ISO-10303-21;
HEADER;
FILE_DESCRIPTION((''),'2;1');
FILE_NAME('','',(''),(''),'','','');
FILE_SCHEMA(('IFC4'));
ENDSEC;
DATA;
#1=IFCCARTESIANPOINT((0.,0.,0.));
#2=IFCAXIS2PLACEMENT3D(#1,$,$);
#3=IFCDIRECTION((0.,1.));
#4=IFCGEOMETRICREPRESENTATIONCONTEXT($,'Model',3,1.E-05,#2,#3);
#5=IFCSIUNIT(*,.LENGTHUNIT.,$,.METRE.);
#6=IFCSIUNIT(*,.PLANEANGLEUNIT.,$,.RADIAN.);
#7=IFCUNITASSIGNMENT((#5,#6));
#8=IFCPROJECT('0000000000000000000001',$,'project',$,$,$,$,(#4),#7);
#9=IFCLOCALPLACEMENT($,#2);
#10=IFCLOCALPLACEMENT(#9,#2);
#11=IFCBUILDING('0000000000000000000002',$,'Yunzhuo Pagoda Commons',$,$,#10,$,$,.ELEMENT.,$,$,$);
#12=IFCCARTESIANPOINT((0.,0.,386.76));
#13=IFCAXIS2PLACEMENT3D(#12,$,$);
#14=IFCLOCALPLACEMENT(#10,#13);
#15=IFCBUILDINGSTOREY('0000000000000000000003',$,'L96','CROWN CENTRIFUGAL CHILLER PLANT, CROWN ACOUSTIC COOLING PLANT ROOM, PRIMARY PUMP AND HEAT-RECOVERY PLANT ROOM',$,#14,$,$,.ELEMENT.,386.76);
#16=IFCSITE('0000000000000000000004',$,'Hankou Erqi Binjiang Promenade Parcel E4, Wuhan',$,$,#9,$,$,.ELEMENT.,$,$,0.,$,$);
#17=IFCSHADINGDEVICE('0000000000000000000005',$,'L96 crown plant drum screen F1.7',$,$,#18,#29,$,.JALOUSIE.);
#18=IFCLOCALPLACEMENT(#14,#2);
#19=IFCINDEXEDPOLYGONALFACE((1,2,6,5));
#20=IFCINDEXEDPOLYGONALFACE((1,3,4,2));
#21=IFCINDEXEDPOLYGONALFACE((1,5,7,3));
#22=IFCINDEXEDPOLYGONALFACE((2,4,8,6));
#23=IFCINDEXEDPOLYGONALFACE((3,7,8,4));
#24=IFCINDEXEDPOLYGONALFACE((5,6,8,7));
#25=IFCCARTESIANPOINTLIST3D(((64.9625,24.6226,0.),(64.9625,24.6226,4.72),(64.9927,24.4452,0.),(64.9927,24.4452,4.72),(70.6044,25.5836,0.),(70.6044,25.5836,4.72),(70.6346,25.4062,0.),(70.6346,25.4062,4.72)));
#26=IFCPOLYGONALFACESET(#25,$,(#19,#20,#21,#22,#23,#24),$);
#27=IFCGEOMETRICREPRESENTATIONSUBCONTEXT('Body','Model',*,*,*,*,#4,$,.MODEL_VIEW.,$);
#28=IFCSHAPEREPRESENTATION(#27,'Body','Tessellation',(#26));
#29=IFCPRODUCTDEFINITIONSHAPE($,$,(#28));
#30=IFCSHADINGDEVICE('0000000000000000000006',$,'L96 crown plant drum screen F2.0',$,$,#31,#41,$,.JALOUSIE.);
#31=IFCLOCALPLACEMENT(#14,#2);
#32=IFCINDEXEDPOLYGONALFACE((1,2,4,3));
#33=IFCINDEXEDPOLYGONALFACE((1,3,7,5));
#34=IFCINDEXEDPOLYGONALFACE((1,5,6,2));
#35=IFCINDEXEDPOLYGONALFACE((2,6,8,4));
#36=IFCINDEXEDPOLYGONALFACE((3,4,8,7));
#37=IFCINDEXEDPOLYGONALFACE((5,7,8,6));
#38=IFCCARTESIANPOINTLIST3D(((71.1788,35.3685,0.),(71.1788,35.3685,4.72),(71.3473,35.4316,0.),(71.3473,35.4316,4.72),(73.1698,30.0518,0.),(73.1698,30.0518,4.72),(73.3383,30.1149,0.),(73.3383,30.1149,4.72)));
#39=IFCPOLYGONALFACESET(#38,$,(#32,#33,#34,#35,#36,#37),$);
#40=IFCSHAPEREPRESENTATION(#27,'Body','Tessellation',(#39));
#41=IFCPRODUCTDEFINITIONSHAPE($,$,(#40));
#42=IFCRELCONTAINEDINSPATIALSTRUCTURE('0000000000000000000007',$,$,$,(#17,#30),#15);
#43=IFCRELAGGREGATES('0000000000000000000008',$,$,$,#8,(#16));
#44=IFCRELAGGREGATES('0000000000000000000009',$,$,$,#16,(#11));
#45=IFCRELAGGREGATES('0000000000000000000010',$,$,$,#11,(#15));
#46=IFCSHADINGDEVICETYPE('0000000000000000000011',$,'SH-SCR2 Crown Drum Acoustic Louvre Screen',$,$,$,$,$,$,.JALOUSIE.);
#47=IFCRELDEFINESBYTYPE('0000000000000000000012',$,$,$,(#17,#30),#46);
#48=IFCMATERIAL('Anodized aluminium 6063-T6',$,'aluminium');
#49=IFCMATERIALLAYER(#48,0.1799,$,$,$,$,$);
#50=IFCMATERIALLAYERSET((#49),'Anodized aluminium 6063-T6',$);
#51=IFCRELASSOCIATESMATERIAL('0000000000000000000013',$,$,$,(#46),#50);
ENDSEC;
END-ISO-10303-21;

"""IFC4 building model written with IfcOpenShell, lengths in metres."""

from ifc_helpers import new_model, si_unit, direction, frame, origin, origin_2d, place, context, subcontext, project, spatial, rectangle, extrude, source, transform, mapped, material, layer, layer_set, type_object, element, save


model = new_model("IFC4")

# Units and contexts
model_context = context("Model", 3, precision=1e-05, world=origin(), true_north=direction((0.0, 1.0)))
body_context = subcontext(model_context, "Body", "Model", "MODEL_VIEW")
ifc_project = project(units=[si_unit("LENGTHUNIT", "METRE"), si_unit("PLANEANGLEUNIT", "RADIAN")], contexts=[model_context])

# Site, building, storey
site_placement = place(None, origin())
site = spatial("IfcSite", under=ifc_project, at=site_placement, Name="Hankou Erqi Binjiang Promenade Parcel E4, Wuhan", CompositionType="ELEMENT", RefElevation=0.0)
building_placement = place(site_placement, origin())
building = spatial("IfcBuilding", under=site, at=building_placement, Name="Yunzhuo Pagoda Commons", CompositionType="ELEMENT")
storey_placement = place(building_placement, frame((0.0, 0.0, 386.76)))
storey = spatial("IfcBuildingStorey", under=building, at=storey_placement, Name="L96", Description="CROWN CENTRIFUGAL CHILLER PLANT, CROWN ACOUSTIC COOLING PLANT ROOM, PRIMARY PUMP AND HEAT-RECOVERY PLANT ROOM", CompositionType="ELEMENT", Elevation=386.76)

# Shared definitions
ifc_material_1 = material(Name="Anodized aluminium 6063-T6", Category="aluminium")

# Shading devices
ifc_layer_1 = layer(ifc_material_1, 0.1799)
ifc_layer_set_1 = layer_set([ifc_layer_1], Name="Anodized aluminium 6063-T6")
shading_device_type = type_object("IfcShadingDeviceType", Name="SH-SCR2 Crown Drum Acoustic Louvre Screen", PredefinedType="JALOUSIE", material=ifc_layer_set_1)
shared_shape_1 = source(origin(), body_context, "Body", "SweptSolid", [
    extrude(rectangle(XDim=5.7231, YDim=0.1799, at=origin_2d()), origin(), (0.0, 0.0, 1.0), 4.72),
])
shading_device_1_placement = place(storey_placement, frame((67.7986, 25.0144, 0.0), z_axis=(0.0, 0.0, 1.0), x_axis=(0.985803, 0.167904, 0.0)))
element("IfcShadingDevice", 1, at=shading_device_1_placement, inside=storey, type_object=shading_device_type, Name="L96 crown plant drum screen F1.7", PredefinedType="JALOUSIE", context=body_context, shape_type="MappedRepresentation", body=[
    mapped(shared_shape_1, transform((0.0, 0.0, 0.0), scale=1.0)),
])
shared_shape_2 = source(origin(), body_context, "Body", "SweptSolid", [
    extrude(rectangle(XDim=5.6772, YDim=0.1799, at=origin_2d()), origin(), (0.0, 0.0, 1.0), 4.72),
])
shading_device_2_placement = place(storey_placement, frame((72.2585, 32.7417, 0.0), z_axis=(0.0, 0.0, 1.0), x_axis=(-0.350698, 0.936489, 0.0)))
element("IfcShadingDevice", 2, at=shading_device_2_placement, inside=storey, type_object=shading_device_type, Name="L96 crown plant drum screen F2.0", PredefinedType="JALOUSIE", context=body_context, shape_type="MappedRepresentation", body=[
    mapped(shared_shape_2, transform((0.0, 0.0, 0.0), scale=1.0)),
])

save(model, "model.ifc")
